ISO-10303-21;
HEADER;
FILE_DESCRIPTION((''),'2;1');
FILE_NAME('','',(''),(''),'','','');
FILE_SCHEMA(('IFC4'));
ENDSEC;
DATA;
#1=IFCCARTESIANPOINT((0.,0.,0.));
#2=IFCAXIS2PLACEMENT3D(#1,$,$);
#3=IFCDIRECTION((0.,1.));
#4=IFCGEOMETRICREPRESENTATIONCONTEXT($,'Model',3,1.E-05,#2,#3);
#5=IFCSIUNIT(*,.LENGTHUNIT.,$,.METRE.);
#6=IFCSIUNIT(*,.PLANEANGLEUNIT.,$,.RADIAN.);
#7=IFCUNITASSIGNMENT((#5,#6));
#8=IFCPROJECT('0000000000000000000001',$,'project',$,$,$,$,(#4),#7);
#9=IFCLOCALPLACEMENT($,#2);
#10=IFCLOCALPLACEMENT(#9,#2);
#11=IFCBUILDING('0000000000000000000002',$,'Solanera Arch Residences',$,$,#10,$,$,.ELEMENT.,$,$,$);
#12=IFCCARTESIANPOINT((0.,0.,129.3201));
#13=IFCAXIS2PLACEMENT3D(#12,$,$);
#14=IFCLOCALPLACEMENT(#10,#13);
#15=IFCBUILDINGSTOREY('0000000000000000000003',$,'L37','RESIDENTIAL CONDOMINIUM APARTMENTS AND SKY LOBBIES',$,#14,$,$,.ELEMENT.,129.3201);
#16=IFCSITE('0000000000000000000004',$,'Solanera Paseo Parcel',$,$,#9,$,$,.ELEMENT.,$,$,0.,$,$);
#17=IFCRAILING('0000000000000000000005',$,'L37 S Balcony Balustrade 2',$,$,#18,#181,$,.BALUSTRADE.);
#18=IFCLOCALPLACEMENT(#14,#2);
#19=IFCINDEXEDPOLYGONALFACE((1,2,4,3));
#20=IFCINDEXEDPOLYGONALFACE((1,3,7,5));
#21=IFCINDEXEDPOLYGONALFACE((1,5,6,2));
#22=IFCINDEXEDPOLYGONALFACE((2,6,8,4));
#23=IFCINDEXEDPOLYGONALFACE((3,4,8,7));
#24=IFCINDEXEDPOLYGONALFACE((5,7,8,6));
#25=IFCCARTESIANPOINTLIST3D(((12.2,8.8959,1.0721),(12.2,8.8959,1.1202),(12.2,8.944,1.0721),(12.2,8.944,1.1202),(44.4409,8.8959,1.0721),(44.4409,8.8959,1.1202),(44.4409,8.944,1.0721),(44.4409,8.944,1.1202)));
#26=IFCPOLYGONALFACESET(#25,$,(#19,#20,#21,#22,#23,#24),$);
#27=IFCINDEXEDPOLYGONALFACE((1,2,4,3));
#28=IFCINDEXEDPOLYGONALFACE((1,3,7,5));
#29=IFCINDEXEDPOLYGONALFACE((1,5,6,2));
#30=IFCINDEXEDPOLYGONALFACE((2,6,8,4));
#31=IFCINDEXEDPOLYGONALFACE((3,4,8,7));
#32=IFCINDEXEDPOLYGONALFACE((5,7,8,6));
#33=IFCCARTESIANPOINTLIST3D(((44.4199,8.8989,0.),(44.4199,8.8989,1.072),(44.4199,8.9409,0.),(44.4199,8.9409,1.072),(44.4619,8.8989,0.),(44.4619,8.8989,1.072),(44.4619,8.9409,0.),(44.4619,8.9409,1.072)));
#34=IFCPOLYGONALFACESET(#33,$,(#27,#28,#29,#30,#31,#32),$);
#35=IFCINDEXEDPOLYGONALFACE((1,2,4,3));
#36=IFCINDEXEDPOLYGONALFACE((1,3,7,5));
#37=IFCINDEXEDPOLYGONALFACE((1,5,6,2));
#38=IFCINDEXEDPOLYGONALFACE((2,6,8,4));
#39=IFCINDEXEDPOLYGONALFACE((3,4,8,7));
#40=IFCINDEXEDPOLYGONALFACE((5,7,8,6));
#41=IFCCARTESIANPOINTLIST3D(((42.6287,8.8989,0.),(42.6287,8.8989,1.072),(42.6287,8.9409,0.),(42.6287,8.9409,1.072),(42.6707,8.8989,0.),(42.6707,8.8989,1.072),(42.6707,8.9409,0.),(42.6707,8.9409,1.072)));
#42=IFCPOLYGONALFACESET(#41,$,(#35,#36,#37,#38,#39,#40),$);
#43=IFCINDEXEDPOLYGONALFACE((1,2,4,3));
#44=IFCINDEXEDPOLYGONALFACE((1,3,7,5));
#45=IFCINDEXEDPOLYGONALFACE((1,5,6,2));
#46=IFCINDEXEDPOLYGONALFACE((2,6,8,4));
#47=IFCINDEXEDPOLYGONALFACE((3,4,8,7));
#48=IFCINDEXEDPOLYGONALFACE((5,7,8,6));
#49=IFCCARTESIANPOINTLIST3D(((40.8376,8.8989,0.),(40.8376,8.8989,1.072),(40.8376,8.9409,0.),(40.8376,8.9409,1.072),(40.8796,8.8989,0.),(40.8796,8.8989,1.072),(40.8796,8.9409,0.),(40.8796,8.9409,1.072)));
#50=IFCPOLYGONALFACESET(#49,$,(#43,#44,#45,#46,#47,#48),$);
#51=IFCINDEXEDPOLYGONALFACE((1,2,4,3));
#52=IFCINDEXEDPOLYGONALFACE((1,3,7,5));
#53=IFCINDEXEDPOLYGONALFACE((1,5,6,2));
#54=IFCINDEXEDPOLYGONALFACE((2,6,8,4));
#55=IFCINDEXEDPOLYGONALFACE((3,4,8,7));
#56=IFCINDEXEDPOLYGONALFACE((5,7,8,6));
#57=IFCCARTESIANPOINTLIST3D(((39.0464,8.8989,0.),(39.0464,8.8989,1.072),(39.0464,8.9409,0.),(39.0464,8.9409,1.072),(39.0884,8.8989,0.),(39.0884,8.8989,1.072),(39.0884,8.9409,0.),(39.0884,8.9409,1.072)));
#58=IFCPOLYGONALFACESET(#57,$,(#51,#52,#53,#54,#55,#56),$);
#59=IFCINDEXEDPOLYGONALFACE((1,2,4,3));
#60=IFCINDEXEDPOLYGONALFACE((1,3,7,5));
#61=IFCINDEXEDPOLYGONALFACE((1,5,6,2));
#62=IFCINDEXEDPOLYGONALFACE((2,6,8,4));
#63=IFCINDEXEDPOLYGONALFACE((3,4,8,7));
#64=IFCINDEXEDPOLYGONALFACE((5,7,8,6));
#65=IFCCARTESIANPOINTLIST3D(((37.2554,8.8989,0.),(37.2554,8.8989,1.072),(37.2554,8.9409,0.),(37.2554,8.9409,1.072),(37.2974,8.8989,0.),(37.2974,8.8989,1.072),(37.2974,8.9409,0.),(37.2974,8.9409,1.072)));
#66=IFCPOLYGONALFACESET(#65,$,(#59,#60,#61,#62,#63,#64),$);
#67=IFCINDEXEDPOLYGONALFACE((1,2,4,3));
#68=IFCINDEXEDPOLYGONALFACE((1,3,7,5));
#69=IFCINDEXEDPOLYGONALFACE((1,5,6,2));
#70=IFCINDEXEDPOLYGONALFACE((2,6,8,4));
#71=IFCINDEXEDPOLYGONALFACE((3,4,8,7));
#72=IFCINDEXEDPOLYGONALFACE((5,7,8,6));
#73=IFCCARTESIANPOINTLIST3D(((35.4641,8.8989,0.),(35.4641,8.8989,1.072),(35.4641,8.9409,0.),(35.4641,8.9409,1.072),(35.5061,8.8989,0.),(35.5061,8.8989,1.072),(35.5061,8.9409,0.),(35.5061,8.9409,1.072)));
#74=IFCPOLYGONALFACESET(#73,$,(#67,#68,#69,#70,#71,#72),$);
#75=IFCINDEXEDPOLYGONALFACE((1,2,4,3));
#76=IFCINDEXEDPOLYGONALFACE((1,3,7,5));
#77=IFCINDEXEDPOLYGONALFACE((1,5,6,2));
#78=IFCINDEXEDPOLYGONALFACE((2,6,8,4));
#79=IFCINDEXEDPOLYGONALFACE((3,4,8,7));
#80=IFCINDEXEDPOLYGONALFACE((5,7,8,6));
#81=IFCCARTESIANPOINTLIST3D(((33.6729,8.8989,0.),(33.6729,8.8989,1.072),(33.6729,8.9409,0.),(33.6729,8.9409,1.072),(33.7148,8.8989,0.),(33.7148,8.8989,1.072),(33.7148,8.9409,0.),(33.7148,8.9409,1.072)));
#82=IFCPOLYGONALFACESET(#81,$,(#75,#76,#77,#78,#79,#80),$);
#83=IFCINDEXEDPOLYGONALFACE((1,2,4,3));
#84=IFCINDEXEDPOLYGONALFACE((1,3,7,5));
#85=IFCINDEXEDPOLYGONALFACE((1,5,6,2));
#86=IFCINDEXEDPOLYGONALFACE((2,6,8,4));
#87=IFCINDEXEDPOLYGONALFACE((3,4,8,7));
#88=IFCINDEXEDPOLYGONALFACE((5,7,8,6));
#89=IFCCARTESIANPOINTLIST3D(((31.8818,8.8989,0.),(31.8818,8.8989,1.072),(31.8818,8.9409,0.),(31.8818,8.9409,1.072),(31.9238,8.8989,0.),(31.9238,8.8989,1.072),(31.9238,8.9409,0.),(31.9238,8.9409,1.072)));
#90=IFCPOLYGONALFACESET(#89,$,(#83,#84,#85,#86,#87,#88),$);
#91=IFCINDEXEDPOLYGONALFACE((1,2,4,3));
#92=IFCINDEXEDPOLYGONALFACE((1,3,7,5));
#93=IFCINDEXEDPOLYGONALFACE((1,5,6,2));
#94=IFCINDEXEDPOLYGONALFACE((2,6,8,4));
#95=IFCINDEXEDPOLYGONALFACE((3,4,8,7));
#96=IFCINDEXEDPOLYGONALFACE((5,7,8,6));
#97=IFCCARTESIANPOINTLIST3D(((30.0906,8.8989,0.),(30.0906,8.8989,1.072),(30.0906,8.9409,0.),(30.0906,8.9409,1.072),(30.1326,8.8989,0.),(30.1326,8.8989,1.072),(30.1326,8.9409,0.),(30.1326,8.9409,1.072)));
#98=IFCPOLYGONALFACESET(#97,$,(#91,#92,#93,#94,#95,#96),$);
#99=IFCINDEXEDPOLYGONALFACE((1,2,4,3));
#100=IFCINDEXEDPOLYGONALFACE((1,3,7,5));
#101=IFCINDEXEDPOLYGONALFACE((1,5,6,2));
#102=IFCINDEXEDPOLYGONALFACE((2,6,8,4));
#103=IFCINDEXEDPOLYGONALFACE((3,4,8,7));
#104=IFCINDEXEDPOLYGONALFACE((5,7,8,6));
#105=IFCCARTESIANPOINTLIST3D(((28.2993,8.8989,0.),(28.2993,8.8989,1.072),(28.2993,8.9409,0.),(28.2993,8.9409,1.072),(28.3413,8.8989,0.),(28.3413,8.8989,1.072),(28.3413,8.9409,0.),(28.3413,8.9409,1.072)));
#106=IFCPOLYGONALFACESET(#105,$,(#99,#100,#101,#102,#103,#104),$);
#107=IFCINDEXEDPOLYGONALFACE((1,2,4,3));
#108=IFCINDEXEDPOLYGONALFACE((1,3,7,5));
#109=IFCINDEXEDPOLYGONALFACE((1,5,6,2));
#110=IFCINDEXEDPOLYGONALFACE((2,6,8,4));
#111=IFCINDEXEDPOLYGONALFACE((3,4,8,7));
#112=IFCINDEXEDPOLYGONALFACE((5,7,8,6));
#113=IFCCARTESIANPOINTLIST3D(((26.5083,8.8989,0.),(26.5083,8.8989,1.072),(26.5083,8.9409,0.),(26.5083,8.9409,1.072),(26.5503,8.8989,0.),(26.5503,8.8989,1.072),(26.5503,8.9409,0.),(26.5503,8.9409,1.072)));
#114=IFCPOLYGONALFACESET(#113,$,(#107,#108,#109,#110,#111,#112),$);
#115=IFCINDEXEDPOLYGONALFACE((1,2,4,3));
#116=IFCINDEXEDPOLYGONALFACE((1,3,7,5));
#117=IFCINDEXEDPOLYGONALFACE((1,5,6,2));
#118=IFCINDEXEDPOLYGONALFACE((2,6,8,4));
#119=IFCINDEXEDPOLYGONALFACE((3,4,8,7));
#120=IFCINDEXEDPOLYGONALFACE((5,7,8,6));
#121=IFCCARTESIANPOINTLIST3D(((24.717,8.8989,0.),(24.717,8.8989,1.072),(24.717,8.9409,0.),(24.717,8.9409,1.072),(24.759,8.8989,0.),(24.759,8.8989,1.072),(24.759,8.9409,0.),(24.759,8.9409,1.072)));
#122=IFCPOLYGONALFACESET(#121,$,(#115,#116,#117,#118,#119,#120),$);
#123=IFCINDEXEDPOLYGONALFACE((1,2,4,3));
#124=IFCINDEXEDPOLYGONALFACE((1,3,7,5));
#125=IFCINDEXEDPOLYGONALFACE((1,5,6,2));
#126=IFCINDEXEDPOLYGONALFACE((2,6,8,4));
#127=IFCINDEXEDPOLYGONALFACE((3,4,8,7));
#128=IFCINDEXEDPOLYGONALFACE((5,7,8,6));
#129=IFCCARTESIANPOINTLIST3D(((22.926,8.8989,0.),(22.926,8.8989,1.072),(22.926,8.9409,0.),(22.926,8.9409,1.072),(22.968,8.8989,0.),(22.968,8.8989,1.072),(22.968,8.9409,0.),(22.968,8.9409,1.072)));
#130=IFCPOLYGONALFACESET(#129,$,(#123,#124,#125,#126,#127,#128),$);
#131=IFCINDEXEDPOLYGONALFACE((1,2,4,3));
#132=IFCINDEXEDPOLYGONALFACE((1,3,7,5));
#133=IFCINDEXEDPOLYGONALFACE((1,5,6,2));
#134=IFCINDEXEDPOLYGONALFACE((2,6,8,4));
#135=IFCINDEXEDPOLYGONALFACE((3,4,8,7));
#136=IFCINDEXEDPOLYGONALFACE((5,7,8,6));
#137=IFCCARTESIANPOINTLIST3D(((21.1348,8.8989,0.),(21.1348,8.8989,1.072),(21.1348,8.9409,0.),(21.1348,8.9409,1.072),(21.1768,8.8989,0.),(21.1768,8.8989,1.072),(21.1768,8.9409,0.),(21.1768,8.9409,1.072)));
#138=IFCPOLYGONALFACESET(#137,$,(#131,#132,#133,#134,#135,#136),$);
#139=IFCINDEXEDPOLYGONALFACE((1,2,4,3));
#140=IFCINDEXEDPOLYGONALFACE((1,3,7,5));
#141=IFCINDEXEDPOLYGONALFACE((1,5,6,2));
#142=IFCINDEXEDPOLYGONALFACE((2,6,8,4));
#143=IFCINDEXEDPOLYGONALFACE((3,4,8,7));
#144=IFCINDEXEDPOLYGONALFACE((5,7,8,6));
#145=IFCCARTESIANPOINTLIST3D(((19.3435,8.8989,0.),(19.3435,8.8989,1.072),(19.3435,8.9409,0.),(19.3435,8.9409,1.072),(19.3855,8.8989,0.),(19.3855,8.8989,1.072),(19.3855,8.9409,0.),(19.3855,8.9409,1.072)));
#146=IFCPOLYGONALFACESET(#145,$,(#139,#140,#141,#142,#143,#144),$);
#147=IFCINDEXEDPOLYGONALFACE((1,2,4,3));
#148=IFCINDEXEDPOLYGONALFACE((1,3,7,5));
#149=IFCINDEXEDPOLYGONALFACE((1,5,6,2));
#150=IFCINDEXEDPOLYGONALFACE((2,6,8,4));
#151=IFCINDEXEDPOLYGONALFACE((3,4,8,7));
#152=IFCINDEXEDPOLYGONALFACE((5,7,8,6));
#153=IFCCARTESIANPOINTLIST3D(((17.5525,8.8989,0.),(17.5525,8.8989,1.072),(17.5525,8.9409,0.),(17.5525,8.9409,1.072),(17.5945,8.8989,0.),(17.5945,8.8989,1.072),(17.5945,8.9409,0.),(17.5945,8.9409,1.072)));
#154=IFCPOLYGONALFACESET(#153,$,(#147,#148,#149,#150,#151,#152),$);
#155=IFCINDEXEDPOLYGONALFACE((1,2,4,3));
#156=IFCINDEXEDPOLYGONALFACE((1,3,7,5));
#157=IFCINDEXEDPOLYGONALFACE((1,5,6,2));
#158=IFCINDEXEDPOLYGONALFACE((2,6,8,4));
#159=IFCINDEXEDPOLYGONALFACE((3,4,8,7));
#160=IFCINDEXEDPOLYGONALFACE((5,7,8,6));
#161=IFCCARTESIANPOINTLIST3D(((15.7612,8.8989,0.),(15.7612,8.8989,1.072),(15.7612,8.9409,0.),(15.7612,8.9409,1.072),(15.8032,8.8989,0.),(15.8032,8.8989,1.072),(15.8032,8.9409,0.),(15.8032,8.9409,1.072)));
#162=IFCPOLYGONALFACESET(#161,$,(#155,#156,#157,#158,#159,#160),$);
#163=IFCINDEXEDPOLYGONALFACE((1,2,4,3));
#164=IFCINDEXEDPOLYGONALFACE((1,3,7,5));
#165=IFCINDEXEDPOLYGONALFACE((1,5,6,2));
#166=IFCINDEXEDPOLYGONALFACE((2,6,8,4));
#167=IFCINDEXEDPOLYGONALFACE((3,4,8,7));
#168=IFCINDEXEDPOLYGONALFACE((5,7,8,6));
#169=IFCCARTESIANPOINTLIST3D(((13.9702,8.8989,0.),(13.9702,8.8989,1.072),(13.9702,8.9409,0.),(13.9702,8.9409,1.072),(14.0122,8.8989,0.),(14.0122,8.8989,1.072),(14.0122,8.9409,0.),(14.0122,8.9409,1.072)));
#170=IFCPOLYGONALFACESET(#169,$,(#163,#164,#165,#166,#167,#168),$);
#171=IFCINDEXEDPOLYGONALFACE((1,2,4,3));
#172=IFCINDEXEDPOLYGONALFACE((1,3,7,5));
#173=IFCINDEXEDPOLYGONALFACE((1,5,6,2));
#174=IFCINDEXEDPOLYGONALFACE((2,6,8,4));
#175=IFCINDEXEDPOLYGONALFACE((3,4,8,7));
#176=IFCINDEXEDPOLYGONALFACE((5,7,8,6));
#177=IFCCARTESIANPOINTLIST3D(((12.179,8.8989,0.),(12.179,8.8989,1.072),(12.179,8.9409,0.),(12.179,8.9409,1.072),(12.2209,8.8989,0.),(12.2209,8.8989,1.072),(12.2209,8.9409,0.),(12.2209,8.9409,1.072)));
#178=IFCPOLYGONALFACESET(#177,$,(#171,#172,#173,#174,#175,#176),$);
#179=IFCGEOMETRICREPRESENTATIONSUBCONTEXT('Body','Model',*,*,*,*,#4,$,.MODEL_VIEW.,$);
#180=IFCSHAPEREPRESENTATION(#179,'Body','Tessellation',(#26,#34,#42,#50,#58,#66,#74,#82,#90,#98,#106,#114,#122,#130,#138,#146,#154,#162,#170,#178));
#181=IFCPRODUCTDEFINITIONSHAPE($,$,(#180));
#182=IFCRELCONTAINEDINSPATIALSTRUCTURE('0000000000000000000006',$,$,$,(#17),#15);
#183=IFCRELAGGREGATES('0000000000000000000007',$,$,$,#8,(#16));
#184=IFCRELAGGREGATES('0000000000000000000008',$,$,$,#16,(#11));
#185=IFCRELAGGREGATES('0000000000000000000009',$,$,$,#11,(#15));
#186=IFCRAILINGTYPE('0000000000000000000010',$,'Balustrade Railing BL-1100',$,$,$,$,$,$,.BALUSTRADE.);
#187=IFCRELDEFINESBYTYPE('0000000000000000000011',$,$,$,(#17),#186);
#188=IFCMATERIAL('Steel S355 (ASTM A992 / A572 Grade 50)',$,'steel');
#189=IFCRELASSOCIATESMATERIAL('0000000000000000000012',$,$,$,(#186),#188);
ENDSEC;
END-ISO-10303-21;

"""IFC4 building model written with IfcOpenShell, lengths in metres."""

from ifc_helpers import new_model, si_unit, direction, frame, origin, origin_2d, place, context, subcontext, project, spatial, rectangle, extrude, material, type_object, element, save


model = new_model("IFC4")

# Units and contexts
model_context = context("Model", 3, precision=1e-05, world=origin(), true_north=direction((0.0, 1.0)))
body_context = subcontext(model_context, "Body", "Model", "MODEL_VIEW")
ifc_project = project(units=[si_unit("LENGTHUNIT", "METRE"), si_unit("PLANEANGLEUNIT", "RADIAN")], contexts=[model_context])

# Site, building, storey
site_placement = place(None, origin())
site = spatial("IfcSite", under=ifc_project, at=site_placement, Name="Solanera Paseo Parcel", CompositionType="ELEMENT", RefElevation=0.0)
building_placement = place(site_placement, origin())
building = spatial("IfcBuilding", under=site, at=building_placement, Name="Solanera Arch Residences", CompositionType="ELEMENT")
storey_placement = place(building_placement, frame((0.0, 0.0, 129.3201)))
storey = spatial("IfcBuildingStorey", under=building, at=storey_placement, Name="L37", Description="RESIDENTIAL CONDOMINIUM APARTMENTS AND SKY LOBBIES", CompositionType="ELEMENT", Elevation=129.3201)

# Railing
ifc_material_1 = material(Name="Steel S355 (ASTM A992 / A572 Grade 50)", Category="steel")
railing_type = type_object("IfcRailingType", Name="Balustrade Railing BL-1100", PredefinedType="BALUSTRADE", material=ifc_material_1)
railing_placement = place(storey_placement, frame((44.4409, 8.9199, 0.0)))
element("IfcRailing", 1, at=railing_placement, inside=storey, type_object=railing_type, Name="L37 S Balcony Balustrade 2", PredefinedType="BALUSTRADE", context=body_context, shape_type="SweptSolid", body=[
    extrude(rectangle(XDim=0.0481, YDim=0.0481, at=origin_2d()), frame((0.0, 0.0, 1.0962), z_axis=(-1.0, 0.0, 0.0), x_axis=(0.0, -1.0, 0.0)), (0.0, 0.0, 1.0), 32.241),
    extrude(rectangle(XDim=0.042, YDim=0.042, at=origin_2d()), origin(), (0.0, 0.0, 1.0), 1.072),
    extrude(rectangle(XDim=0.042, YDim=0.042, at=origin_2d()), frame((-1.7913, 0.0, 0.0)), (0.0, 0.0, 1.0), 1.072),
    extrude(rectangle(XDim=0.042, YDim=0.042, at=origin_2d()), frame((-3.5823, 0.0, 0.0)), (0.0, 0.0, 1.0), 1.072),
    extrude(rectangle(XDim=0.042, YDim=0.042, at=origin_2d()), frame((-5.3735, 0.0, 0.0)), (0.0, 0.0, 1.0), 1.072),
    extrude(rectangle(XDim=0.042, YDim=0.042, at=origin_2d()), frame((-7.1646, 0.0, 0.0)), (0.0, 0.0, 1.0), 1.072),
    extrude(rectangle(XDim=0.042, YDim=0.042, at=origin_2d()), frame((-8.9558, 0.0, 0.0)), (0.0, 0.0, 1.0), 1.072),
    extrude(rectangle(XDim=0.042, YDim=0.042, at=origin_2d()), frame((-10.7471, 0.0, 0.0)), (0.0, 0.0, 1.0), 1.072),
    extrude(rectangle(XDim=0.042, YDim=0.042, at=origin_2d()), frame((-12.5381, 0.0, 0.0)), (0.0, 0.0, 1.0), 1.072),
    extrude(rectangle(XDim=0.042, YDim=0.042, at=origin_2d()), frame((-14.3293, 0.0, 0.0)), (0.0, 0.0, 1.0), 1.072),
    extrude(rectangle(XDim=0.042, YDim=0.042, at=origin_2d()), frame((-16.1206, 0.0, 0.0)), (0.0, 0.0, 1.0), 1.072),
    extrude(rectangle(XDim=0.042, YDim=0.042, at=origin_2d()), frame((-17.9116, 0.0, 0.0)), (0.0, 0.0, 1.0), 1.072),
    extrude(rectangle(XDim=0.042, YDim=0.042, at=origin_2d()), frame((-19.7029, 0.0, 0.0)), (0.0, 0.0, 1.0), 1.072),
    extrude(rectangle(XDim=0.042, YDim=0.042, at=origin_2d()), frame((-21.4939, 0.0, 0.0)), (0.0, 0.0, 1.0), 1.072),
    extrude(rectangle(XDim=0.042, YDim=0.042, at=origin_2d()), frame((-23.2852, 0.0, 0.0)), (0.0, 0.0, 1.0), 1.072),
    extrude(rectangle(XDim=0.042, YDim=0.042, at=origin_2d()), frame((-25.0764, 0.0, 0.0)), (0.0, 0.0, 1.0), 1.072),
    extrude(rectangle(XDim=0.042, YDim=0.042, at=origin_2d()), frame((-26.8674, 0.0, 0.0)), (0.0, 0.0, 1.0), 1.072),
    extrude(rectangle(XDim=0.042, YDim=0.042, at=origin_2d()), frame((-28.6587, 0.0, 0.0)), (0.0, 0.0, 1.0), 1.072),
    extrude(rectangle(XDim=0.042, YDim=0.042, at=origin_2d()), frame((-30.4497, 0.0, 0.0)), (0.0, 0.0, 1.0), 1.072),
    extrude(rectangle(XDim=0.042, YDim=0.042, at=origin_2d()), frame((-32.241, 0.0, 0.0)), (0.0, 0.0, 1.0), 1.072),
])

save(model, "model.ifc")
